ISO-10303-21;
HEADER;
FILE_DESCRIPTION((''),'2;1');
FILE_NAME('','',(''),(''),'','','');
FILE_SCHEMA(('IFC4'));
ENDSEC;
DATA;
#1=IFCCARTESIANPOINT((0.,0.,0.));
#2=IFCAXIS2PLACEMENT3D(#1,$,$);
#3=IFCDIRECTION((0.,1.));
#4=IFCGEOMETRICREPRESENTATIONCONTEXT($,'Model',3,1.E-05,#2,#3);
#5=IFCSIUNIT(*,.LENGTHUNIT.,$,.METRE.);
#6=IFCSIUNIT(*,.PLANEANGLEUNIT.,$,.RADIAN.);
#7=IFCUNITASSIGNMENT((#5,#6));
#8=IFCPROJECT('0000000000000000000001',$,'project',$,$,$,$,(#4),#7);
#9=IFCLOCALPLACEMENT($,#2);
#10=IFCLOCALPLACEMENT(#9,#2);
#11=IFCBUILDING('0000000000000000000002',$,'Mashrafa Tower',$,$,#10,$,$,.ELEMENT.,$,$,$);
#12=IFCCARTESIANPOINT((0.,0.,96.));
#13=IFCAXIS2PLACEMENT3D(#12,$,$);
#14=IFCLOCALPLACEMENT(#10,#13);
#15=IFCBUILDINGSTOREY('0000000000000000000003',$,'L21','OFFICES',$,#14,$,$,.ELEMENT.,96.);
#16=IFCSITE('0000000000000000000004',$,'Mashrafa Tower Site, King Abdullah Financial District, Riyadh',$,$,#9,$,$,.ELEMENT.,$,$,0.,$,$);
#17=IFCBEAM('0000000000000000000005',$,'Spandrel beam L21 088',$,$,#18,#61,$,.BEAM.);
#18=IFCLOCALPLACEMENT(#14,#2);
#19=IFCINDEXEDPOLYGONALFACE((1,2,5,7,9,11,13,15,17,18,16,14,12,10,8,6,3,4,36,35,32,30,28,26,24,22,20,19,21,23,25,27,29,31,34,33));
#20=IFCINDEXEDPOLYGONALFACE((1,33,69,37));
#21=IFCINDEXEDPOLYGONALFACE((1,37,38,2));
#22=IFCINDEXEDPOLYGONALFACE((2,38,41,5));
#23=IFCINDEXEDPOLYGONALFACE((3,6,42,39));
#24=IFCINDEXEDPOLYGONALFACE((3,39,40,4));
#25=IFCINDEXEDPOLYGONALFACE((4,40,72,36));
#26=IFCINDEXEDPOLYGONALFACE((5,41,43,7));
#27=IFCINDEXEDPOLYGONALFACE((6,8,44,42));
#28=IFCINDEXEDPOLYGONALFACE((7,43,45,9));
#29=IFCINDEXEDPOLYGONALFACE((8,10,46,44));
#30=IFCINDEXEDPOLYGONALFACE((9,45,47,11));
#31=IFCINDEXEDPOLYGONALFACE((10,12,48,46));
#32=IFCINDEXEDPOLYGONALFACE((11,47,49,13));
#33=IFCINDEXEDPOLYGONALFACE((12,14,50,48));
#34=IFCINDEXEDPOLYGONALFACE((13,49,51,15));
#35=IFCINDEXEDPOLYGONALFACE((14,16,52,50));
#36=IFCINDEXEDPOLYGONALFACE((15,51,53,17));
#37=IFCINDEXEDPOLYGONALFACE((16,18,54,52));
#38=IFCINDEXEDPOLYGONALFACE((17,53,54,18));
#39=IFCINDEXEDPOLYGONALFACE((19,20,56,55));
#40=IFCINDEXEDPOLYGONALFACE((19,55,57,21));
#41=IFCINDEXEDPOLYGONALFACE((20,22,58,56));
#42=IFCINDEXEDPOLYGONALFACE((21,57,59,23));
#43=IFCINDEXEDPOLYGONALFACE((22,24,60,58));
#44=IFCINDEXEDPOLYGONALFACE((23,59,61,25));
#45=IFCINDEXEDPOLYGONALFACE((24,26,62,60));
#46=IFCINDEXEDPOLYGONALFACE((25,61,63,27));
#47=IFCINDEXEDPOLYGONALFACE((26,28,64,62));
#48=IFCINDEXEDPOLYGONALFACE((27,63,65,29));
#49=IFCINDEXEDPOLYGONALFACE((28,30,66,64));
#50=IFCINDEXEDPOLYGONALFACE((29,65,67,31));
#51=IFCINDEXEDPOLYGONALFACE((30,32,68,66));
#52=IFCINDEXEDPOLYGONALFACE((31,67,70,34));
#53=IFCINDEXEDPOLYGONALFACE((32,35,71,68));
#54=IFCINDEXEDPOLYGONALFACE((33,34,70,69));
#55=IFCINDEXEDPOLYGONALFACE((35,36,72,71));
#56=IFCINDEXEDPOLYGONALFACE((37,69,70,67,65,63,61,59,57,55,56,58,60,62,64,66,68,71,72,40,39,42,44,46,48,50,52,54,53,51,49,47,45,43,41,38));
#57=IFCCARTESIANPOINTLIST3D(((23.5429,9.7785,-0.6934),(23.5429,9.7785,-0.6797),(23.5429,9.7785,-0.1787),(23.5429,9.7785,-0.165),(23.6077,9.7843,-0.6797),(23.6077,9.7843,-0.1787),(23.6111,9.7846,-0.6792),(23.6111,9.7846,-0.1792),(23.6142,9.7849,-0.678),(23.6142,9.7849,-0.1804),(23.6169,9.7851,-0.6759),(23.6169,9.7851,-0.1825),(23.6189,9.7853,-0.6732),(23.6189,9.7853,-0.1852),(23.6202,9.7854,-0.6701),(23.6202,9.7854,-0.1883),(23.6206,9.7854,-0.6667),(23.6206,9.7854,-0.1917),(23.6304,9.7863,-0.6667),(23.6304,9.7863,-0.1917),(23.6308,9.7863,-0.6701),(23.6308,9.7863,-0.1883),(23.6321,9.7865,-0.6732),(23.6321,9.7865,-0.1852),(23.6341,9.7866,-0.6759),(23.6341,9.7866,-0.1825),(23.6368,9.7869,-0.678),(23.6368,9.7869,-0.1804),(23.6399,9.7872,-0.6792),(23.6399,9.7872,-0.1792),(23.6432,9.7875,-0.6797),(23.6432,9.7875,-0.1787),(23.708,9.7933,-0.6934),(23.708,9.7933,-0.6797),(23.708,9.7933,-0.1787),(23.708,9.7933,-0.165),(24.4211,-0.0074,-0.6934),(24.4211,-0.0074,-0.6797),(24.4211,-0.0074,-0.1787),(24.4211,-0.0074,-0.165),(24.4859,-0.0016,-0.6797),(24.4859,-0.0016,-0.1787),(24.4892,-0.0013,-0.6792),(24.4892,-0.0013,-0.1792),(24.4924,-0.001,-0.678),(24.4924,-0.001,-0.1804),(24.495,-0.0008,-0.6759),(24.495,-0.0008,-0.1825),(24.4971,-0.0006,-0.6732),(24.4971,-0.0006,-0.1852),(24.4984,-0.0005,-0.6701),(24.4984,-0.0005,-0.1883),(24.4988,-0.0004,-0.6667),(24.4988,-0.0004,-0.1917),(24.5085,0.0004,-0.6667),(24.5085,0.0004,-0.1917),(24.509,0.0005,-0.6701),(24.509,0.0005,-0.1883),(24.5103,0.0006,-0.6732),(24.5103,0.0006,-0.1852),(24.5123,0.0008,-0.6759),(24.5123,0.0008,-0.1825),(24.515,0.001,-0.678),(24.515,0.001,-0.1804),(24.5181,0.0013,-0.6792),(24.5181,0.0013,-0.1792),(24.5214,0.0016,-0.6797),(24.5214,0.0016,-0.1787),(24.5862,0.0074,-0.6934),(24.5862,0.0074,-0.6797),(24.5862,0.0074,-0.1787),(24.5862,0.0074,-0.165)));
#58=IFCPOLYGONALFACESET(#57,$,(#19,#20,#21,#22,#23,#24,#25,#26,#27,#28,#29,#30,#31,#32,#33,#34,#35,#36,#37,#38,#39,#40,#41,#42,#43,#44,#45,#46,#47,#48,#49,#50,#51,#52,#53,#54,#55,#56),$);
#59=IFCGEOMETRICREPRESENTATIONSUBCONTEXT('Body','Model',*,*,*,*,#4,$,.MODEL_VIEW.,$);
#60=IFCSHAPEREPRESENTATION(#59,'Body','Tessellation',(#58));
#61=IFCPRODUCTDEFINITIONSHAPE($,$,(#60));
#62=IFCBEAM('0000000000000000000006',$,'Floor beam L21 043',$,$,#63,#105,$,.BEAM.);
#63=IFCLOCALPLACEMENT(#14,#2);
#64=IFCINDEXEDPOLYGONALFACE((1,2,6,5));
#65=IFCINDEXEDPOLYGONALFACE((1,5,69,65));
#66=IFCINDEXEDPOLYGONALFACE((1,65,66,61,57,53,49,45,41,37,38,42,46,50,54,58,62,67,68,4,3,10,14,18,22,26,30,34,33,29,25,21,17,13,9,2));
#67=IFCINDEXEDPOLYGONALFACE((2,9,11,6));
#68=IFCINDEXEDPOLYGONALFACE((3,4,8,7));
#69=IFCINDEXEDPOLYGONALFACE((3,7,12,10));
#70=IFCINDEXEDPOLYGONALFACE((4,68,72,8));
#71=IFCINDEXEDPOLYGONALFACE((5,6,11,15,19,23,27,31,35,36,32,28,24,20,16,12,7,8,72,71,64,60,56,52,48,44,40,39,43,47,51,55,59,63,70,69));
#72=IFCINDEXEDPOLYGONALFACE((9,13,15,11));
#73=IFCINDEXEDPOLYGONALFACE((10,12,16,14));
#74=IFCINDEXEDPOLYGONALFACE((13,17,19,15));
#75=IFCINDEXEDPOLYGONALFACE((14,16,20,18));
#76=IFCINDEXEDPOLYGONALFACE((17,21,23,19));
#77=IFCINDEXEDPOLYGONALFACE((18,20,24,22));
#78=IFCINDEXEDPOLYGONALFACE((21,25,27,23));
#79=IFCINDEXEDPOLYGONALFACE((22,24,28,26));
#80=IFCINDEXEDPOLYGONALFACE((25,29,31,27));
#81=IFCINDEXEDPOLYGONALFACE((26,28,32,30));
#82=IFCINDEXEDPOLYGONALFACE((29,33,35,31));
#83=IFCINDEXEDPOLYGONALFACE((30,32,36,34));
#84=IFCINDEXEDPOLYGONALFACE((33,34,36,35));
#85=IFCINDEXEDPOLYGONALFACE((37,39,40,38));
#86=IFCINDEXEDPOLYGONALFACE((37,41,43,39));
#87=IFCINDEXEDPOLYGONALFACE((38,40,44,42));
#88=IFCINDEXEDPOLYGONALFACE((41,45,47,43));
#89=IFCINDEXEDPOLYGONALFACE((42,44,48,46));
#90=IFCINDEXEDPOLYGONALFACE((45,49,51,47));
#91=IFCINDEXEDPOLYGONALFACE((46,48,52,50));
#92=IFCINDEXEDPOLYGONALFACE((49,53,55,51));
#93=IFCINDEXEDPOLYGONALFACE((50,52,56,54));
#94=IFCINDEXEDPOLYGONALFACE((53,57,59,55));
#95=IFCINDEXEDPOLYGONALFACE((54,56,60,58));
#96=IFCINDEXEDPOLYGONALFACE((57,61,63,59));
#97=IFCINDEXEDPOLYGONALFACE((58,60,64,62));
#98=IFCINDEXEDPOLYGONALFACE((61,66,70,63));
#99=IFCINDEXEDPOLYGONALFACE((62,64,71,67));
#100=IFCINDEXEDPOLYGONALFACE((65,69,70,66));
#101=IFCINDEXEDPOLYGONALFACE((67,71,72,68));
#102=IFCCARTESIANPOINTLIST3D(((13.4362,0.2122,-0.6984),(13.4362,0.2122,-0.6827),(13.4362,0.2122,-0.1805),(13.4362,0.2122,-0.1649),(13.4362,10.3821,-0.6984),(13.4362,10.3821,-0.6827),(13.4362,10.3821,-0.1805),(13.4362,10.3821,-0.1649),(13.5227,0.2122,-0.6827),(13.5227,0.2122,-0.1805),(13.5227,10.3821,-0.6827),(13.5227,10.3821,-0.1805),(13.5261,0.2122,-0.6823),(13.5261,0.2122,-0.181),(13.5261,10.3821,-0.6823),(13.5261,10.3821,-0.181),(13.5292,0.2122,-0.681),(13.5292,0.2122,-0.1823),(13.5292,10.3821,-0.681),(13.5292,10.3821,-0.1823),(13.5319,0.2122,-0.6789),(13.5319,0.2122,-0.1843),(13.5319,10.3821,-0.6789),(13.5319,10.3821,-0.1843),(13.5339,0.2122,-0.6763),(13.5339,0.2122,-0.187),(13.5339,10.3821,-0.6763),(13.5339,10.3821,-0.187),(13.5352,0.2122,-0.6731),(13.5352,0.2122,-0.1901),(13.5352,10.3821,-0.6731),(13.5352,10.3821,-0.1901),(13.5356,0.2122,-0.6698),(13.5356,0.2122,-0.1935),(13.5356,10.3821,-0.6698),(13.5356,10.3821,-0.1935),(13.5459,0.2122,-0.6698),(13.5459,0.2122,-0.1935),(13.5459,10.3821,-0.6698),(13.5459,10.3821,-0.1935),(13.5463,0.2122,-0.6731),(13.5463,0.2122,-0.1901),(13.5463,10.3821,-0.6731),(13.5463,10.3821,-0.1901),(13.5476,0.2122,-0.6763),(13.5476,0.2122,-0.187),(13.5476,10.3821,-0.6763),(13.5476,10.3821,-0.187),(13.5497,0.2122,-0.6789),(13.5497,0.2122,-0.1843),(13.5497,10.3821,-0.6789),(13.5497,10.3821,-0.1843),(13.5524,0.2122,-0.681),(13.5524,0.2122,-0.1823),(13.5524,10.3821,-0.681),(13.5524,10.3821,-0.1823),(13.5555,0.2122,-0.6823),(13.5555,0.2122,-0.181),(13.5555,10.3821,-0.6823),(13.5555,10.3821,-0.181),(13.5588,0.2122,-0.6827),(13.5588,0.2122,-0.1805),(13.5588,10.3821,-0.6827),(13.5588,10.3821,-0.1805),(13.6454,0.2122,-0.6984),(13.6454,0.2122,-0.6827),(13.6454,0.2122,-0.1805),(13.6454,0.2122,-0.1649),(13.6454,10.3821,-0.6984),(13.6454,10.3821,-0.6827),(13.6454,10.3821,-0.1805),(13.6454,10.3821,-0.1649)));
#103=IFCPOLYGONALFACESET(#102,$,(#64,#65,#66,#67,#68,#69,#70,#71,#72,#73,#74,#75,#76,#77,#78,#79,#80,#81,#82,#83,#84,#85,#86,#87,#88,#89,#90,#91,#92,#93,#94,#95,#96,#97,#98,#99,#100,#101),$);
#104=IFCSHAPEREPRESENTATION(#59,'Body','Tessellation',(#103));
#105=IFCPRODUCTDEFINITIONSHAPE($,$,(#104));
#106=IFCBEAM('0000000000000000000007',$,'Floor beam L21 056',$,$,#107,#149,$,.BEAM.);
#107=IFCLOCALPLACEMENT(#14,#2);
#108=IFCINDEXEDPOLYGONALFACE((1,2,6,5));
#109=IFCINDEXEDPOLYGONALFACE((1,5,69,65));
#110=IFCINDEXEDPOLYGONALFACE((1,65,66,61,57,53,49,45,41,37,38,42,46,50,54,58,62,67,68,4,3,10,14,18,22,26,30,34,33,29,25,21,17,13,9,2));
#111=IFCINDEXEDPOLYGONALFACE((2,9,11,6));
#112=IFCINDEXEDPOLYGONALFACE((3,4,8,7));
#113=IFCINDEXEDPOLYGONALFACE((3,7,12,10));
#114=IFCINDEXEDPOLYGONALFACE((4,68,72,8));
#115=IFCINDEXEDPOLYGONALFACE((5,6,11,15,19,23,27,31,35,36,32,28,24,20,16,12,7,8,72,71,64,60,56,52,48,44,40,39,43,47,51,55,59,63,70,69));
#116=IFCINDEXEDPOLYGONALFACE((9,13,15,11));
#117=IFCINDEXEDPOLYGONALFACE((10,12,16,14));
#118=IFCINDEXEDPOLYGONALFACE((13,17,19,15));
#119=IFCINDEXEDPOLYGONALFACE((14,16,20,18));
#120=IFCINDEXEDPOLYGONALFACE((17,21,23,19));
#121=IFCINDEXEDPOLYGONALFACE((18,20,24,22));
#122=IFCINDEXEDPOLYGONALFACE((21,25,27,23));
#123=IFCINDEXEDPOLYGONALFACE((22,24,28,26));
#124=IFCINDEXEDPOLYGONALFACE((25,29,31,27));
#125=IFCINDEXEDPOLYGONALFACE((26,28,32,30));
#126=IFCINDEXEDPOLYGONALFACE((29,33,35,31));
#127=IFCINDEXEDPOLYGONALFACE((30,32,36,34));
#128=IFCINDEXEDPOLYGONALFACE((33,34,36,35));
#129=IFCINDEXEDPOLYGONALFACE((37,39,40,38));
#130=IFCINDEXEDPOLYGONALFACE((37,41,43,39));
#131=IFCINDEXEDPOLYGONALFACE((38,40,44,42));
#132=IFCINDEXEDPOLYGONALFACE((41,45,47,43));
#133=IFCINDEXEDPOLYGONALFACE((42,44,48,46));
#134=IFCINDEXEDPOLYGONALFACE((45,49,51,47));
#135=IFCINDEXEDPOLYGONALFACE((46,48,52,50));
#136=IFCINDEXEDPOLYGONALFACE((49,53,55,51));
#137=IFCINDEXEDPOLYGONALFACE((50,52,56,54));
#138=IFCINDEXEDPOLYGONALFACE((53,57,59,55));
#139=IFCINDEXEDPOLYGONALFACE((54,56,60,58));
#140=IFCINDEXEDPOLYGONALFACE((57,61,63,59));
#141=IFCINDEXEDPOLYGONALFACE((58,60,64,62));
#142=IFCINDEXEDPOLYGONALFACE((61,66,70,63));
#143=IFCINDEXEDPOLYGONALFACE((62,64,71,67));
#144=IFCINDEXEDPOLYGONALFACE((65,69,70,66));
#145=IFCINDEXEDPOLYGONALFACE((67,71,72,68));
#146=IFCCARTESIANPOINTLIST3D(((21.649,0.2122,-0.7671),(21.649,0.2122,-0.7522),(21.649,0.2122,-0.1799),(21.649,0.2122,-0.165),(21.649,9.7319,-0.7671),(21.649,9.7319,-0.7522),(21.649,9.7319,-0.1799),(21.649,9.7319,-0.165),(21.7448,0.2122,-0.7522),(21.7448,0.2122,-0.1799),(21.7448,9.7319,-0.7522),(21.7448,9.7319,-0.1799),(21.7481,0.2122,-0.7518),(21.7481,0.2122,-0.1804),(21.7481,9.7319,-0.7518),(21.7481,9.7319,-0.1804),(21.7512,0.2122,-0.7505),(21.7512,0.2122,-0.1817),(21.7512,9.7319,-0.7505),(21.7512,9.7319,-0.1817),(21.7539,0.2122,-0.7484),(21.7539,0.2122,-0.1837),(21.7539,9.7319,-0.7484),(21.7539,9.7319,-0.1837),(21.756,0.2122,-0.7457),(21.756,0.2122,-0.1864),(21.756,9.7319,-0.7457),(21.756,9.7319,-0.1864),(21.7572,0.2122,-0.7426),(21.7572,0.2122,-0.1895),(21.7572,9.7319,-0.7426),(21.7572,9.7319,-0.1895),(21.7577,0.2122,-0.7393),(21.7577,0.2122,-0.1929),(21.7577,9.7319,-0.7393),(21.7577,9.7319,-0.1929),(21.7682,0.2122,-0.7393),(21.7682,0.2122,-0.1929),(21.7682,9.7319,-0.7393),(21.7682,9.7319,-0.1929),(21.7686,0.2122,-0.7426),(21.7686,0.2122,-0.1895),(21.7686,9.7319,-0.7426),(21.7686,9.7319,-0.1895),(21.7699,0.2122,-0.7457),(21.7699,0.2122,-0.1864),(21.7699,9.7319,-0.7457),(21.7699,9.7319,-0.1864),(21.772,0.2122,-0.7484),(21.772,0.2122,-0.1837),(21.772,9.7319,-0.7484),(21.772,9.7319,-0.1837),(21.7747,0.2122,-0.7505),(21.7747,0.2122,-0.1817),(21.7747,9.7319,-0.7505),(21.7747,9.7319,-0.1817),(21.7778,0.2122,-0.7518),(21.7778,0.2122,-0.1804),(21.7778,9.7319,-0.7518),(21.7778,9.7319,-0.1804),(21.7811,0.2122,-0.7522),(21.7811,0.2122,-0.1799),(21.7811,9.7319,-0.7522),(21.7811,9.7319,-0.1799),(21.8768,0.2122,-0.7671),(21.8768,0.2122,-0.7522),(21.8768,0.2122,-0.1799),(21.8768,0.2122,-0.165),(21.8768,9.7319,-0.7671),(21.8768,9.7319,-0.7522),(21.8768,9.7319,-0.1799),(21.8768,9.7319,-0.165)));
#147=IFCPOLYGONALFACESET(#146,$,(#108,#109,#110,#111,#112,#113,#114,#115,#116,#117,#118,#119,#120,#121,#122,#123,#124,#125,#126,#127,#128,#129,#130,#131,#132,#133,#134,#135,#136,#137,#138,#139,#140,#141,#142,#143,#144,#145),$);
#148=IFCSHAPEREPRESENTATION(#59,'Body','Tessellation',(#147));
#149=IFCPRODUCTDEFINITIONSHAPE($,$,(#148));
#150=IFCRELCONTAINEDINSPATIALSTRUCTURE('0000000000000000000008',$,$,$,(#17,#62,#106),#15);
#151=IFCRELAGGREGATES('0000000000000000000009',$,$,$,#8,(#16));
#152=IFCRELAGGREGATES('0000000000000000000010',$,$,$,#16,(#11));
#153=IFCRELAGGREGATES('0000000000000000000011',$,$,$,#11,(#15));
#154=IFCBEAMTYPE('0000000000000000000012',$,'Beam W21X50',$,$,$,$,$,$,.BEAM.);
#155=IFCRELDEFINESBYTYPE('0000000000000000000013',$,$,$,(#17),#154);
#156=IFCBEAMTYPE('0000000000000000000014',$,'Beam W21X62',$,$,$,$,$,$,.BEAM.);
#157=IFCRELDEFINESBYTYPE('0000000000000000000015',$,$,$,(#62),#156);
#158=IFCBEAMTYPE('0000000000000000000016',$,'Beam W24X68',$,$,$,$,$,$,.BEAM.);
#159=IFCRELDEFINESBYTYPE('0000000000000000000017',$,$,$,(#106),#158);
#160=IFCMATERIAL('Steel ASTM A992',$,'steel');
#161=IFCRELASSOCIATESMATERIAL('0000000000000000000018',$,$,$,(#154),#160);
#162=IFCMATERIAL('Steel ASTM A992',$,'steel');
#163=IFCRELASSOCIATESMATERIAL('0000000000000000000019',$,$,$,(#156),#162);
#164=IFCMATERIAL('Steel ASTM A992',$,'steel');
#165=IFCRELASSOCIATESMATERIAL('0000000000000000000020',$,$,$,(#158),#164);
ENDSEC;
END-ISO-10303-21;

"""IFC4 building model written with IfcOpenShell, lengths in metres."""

from ifc_helpers import new_model, si_unit, direction, frame, origin, origin_2d, place, context, subcontext, project, spatial, i_section, extrude, material, material_profile, profile_set, type_object, element, save


model = new_model("IFC4")

# Units and contexts
model_context = context("Model", 3, precision=1e-05, world=origin(), true_north=direction((0.0, 1.0)))
body_context = subcontext(model_context, "Body", "Model", "MODEL_VIEW")
ifc_project = project(units=[si_unit("LENGTHUNIT", "METRE"), si_unit("PLANEANGLEUNIT", "RADIAN")], contexts=[model_context])

# Site, building, storey
site_placement = place(None, origin())
site = spatial("IfcSite", under=ifc_project, at=site_placement, Name="Mashrafa Tower Site, King Abdullah Financial District, Riyadh", CompositionType="ELEMENT", RefElevation=0.0)
building_placement = place(site_placement, origin())
building = spatial("IfcBuilding", under=site, at=building_placement, Name="Mashrafa Tower", CompositionType="ELEMENT")
storey_placement = place(building_placement, frame((0.0, 0.0, 96.0)))
storey = spatial("IfcBuildingStorey", under=building, at=storey_placement, Name="L21", Description="OFFICES", CompositionType="ELEMENT", Elevation=96.0)

# Beams
ifc_material_1 = material(Name="Steel ASTM A992", Category="steel")
ifc_material_profile_1 = material_profile(ifc_material_1, i_section(OverallWidth=0.1658, OverallDepth=0.5283, WebThickness=0.0098, FlangeThickness=0.0137, FilletRadius=0.0129, at=origin_2d()), Name="W21X50")
ifc_profile_set_1 = profile_set([ifc_material_profile_1], Name="Steel ASTM A992")
beam_type_1 = type_object("IfcBeamType", Name="Beam W21X50", PredefinedType="BEAM", material=ifc_profile_set_1)
beam_1_placement = place(storey_placement, frame((24.5037, 0.0, -0.4292), z_axis=(-0.08938, 0.995998, 0.0), x_axis=(-0.995998, -0.08938, 0.0)))
element("IfcBeam", 1, at=beam_1_placement, inside=storey, type_object=beam_type_1, Name="Spandrel beam L21 088", PredefinedType="BEAM", context=body_context, shape_type="SweptSolid", body=[
    extrude(i_section(OverallWidth=0.1658, OverallDepth=0.5283, WebThickness=0.0098, FlangeThickness=0.0137, FilletRadius=0.0129, at=origin_2d()), origin(), (0.0, 0.0, 1.0), 9.8252),
])
ifc_material_2 = material(Name="Steel ASTM A992", Category="steel")
ifc_material_profile_2 = material_profile(ifc_material_2, i_section(OverallWidth=0.2092, OverallDepth=0.5334, WebThickness=0.0103, FlangeThickness=0.0156, FilletRadius=0.0129, at=origin_2d()), Name="W21X62")
ifc_profile_set_2 = profile_set([ifc_material_profile_2], Name="Steel ASTM A992")
beam_type_2 = type_object("IfcBeamType", Name="Beam W21X62", PredefinedType="BEAM", material=ifc_profile_set_2)
beam_2_placement = place(storey_placement, frame((13.5408, 10.3821, -0.4316), z_axis=(0.0, -1.0, 0.0), x_axis=(1.0, 0.0, 0.0)))
element("IfcBeam", 2, at=beam_2_placement, inside=storey, type_object=beam_type_2, Name="Floor beam L21 043", PredefinedType="BEAM", context=body_context, shape_type="SweptSolid", body=[
    extrude(i_section(OverallWidth=0.2092, OverallDepth=0.5334, WebThickness=0.0103, FlangeThickness=0.0156, FilletRadius=0.0129, at=origin_2d()), origin(), (0.0, 0.0, 1.0), 10.1699),
])
ifc_material_3 = material(Name="Steel ASTM A992", Category="steel")
ifc_material_profile_3 = material_profile(ifc_material_3, i_section(OverallWidth=0.2278, OverallDepth=0.6021, WebThickness=0.0105, FlangeThickness=0.0149, FilletRadius=0.0129, at=origin_2d()), Name="W24X68")
ifc_profile_set_3 = profile_set([ifc_material_profile_3], Name="Steel ASTM A992")
beam_type_3 = type_object("IfcBeamType", Name="Beam W24X68", PredefinedType="BEAM", material=ifc_profile_set_3)
beam_3_placement = place(storey_placement, frame((21.7629, 9.7319, -0.4661), z_axis=(0.0, -1.0, 0.0), x_axis=(1.0, 0.0, 0.0)))
element("IfcBeam", 3, at=beam_3_placement, inside=storey, type_object=beam_type_3, Name="Floor beam L21 056", PredefinedType="BEAM", context=body_context, shape_type="SweptSolid", body=[
    extrude(i_section(OverallWidth=0.2278, OverallDepth=0.6021, WebThickness=0.0105, FlangeThickness=0.0149, FilletRadius=0.0129, at=origin_2d()), origin(), (0.0, 0.0, 1.0), 9.5198),
])

save(model, "model.ifc")
